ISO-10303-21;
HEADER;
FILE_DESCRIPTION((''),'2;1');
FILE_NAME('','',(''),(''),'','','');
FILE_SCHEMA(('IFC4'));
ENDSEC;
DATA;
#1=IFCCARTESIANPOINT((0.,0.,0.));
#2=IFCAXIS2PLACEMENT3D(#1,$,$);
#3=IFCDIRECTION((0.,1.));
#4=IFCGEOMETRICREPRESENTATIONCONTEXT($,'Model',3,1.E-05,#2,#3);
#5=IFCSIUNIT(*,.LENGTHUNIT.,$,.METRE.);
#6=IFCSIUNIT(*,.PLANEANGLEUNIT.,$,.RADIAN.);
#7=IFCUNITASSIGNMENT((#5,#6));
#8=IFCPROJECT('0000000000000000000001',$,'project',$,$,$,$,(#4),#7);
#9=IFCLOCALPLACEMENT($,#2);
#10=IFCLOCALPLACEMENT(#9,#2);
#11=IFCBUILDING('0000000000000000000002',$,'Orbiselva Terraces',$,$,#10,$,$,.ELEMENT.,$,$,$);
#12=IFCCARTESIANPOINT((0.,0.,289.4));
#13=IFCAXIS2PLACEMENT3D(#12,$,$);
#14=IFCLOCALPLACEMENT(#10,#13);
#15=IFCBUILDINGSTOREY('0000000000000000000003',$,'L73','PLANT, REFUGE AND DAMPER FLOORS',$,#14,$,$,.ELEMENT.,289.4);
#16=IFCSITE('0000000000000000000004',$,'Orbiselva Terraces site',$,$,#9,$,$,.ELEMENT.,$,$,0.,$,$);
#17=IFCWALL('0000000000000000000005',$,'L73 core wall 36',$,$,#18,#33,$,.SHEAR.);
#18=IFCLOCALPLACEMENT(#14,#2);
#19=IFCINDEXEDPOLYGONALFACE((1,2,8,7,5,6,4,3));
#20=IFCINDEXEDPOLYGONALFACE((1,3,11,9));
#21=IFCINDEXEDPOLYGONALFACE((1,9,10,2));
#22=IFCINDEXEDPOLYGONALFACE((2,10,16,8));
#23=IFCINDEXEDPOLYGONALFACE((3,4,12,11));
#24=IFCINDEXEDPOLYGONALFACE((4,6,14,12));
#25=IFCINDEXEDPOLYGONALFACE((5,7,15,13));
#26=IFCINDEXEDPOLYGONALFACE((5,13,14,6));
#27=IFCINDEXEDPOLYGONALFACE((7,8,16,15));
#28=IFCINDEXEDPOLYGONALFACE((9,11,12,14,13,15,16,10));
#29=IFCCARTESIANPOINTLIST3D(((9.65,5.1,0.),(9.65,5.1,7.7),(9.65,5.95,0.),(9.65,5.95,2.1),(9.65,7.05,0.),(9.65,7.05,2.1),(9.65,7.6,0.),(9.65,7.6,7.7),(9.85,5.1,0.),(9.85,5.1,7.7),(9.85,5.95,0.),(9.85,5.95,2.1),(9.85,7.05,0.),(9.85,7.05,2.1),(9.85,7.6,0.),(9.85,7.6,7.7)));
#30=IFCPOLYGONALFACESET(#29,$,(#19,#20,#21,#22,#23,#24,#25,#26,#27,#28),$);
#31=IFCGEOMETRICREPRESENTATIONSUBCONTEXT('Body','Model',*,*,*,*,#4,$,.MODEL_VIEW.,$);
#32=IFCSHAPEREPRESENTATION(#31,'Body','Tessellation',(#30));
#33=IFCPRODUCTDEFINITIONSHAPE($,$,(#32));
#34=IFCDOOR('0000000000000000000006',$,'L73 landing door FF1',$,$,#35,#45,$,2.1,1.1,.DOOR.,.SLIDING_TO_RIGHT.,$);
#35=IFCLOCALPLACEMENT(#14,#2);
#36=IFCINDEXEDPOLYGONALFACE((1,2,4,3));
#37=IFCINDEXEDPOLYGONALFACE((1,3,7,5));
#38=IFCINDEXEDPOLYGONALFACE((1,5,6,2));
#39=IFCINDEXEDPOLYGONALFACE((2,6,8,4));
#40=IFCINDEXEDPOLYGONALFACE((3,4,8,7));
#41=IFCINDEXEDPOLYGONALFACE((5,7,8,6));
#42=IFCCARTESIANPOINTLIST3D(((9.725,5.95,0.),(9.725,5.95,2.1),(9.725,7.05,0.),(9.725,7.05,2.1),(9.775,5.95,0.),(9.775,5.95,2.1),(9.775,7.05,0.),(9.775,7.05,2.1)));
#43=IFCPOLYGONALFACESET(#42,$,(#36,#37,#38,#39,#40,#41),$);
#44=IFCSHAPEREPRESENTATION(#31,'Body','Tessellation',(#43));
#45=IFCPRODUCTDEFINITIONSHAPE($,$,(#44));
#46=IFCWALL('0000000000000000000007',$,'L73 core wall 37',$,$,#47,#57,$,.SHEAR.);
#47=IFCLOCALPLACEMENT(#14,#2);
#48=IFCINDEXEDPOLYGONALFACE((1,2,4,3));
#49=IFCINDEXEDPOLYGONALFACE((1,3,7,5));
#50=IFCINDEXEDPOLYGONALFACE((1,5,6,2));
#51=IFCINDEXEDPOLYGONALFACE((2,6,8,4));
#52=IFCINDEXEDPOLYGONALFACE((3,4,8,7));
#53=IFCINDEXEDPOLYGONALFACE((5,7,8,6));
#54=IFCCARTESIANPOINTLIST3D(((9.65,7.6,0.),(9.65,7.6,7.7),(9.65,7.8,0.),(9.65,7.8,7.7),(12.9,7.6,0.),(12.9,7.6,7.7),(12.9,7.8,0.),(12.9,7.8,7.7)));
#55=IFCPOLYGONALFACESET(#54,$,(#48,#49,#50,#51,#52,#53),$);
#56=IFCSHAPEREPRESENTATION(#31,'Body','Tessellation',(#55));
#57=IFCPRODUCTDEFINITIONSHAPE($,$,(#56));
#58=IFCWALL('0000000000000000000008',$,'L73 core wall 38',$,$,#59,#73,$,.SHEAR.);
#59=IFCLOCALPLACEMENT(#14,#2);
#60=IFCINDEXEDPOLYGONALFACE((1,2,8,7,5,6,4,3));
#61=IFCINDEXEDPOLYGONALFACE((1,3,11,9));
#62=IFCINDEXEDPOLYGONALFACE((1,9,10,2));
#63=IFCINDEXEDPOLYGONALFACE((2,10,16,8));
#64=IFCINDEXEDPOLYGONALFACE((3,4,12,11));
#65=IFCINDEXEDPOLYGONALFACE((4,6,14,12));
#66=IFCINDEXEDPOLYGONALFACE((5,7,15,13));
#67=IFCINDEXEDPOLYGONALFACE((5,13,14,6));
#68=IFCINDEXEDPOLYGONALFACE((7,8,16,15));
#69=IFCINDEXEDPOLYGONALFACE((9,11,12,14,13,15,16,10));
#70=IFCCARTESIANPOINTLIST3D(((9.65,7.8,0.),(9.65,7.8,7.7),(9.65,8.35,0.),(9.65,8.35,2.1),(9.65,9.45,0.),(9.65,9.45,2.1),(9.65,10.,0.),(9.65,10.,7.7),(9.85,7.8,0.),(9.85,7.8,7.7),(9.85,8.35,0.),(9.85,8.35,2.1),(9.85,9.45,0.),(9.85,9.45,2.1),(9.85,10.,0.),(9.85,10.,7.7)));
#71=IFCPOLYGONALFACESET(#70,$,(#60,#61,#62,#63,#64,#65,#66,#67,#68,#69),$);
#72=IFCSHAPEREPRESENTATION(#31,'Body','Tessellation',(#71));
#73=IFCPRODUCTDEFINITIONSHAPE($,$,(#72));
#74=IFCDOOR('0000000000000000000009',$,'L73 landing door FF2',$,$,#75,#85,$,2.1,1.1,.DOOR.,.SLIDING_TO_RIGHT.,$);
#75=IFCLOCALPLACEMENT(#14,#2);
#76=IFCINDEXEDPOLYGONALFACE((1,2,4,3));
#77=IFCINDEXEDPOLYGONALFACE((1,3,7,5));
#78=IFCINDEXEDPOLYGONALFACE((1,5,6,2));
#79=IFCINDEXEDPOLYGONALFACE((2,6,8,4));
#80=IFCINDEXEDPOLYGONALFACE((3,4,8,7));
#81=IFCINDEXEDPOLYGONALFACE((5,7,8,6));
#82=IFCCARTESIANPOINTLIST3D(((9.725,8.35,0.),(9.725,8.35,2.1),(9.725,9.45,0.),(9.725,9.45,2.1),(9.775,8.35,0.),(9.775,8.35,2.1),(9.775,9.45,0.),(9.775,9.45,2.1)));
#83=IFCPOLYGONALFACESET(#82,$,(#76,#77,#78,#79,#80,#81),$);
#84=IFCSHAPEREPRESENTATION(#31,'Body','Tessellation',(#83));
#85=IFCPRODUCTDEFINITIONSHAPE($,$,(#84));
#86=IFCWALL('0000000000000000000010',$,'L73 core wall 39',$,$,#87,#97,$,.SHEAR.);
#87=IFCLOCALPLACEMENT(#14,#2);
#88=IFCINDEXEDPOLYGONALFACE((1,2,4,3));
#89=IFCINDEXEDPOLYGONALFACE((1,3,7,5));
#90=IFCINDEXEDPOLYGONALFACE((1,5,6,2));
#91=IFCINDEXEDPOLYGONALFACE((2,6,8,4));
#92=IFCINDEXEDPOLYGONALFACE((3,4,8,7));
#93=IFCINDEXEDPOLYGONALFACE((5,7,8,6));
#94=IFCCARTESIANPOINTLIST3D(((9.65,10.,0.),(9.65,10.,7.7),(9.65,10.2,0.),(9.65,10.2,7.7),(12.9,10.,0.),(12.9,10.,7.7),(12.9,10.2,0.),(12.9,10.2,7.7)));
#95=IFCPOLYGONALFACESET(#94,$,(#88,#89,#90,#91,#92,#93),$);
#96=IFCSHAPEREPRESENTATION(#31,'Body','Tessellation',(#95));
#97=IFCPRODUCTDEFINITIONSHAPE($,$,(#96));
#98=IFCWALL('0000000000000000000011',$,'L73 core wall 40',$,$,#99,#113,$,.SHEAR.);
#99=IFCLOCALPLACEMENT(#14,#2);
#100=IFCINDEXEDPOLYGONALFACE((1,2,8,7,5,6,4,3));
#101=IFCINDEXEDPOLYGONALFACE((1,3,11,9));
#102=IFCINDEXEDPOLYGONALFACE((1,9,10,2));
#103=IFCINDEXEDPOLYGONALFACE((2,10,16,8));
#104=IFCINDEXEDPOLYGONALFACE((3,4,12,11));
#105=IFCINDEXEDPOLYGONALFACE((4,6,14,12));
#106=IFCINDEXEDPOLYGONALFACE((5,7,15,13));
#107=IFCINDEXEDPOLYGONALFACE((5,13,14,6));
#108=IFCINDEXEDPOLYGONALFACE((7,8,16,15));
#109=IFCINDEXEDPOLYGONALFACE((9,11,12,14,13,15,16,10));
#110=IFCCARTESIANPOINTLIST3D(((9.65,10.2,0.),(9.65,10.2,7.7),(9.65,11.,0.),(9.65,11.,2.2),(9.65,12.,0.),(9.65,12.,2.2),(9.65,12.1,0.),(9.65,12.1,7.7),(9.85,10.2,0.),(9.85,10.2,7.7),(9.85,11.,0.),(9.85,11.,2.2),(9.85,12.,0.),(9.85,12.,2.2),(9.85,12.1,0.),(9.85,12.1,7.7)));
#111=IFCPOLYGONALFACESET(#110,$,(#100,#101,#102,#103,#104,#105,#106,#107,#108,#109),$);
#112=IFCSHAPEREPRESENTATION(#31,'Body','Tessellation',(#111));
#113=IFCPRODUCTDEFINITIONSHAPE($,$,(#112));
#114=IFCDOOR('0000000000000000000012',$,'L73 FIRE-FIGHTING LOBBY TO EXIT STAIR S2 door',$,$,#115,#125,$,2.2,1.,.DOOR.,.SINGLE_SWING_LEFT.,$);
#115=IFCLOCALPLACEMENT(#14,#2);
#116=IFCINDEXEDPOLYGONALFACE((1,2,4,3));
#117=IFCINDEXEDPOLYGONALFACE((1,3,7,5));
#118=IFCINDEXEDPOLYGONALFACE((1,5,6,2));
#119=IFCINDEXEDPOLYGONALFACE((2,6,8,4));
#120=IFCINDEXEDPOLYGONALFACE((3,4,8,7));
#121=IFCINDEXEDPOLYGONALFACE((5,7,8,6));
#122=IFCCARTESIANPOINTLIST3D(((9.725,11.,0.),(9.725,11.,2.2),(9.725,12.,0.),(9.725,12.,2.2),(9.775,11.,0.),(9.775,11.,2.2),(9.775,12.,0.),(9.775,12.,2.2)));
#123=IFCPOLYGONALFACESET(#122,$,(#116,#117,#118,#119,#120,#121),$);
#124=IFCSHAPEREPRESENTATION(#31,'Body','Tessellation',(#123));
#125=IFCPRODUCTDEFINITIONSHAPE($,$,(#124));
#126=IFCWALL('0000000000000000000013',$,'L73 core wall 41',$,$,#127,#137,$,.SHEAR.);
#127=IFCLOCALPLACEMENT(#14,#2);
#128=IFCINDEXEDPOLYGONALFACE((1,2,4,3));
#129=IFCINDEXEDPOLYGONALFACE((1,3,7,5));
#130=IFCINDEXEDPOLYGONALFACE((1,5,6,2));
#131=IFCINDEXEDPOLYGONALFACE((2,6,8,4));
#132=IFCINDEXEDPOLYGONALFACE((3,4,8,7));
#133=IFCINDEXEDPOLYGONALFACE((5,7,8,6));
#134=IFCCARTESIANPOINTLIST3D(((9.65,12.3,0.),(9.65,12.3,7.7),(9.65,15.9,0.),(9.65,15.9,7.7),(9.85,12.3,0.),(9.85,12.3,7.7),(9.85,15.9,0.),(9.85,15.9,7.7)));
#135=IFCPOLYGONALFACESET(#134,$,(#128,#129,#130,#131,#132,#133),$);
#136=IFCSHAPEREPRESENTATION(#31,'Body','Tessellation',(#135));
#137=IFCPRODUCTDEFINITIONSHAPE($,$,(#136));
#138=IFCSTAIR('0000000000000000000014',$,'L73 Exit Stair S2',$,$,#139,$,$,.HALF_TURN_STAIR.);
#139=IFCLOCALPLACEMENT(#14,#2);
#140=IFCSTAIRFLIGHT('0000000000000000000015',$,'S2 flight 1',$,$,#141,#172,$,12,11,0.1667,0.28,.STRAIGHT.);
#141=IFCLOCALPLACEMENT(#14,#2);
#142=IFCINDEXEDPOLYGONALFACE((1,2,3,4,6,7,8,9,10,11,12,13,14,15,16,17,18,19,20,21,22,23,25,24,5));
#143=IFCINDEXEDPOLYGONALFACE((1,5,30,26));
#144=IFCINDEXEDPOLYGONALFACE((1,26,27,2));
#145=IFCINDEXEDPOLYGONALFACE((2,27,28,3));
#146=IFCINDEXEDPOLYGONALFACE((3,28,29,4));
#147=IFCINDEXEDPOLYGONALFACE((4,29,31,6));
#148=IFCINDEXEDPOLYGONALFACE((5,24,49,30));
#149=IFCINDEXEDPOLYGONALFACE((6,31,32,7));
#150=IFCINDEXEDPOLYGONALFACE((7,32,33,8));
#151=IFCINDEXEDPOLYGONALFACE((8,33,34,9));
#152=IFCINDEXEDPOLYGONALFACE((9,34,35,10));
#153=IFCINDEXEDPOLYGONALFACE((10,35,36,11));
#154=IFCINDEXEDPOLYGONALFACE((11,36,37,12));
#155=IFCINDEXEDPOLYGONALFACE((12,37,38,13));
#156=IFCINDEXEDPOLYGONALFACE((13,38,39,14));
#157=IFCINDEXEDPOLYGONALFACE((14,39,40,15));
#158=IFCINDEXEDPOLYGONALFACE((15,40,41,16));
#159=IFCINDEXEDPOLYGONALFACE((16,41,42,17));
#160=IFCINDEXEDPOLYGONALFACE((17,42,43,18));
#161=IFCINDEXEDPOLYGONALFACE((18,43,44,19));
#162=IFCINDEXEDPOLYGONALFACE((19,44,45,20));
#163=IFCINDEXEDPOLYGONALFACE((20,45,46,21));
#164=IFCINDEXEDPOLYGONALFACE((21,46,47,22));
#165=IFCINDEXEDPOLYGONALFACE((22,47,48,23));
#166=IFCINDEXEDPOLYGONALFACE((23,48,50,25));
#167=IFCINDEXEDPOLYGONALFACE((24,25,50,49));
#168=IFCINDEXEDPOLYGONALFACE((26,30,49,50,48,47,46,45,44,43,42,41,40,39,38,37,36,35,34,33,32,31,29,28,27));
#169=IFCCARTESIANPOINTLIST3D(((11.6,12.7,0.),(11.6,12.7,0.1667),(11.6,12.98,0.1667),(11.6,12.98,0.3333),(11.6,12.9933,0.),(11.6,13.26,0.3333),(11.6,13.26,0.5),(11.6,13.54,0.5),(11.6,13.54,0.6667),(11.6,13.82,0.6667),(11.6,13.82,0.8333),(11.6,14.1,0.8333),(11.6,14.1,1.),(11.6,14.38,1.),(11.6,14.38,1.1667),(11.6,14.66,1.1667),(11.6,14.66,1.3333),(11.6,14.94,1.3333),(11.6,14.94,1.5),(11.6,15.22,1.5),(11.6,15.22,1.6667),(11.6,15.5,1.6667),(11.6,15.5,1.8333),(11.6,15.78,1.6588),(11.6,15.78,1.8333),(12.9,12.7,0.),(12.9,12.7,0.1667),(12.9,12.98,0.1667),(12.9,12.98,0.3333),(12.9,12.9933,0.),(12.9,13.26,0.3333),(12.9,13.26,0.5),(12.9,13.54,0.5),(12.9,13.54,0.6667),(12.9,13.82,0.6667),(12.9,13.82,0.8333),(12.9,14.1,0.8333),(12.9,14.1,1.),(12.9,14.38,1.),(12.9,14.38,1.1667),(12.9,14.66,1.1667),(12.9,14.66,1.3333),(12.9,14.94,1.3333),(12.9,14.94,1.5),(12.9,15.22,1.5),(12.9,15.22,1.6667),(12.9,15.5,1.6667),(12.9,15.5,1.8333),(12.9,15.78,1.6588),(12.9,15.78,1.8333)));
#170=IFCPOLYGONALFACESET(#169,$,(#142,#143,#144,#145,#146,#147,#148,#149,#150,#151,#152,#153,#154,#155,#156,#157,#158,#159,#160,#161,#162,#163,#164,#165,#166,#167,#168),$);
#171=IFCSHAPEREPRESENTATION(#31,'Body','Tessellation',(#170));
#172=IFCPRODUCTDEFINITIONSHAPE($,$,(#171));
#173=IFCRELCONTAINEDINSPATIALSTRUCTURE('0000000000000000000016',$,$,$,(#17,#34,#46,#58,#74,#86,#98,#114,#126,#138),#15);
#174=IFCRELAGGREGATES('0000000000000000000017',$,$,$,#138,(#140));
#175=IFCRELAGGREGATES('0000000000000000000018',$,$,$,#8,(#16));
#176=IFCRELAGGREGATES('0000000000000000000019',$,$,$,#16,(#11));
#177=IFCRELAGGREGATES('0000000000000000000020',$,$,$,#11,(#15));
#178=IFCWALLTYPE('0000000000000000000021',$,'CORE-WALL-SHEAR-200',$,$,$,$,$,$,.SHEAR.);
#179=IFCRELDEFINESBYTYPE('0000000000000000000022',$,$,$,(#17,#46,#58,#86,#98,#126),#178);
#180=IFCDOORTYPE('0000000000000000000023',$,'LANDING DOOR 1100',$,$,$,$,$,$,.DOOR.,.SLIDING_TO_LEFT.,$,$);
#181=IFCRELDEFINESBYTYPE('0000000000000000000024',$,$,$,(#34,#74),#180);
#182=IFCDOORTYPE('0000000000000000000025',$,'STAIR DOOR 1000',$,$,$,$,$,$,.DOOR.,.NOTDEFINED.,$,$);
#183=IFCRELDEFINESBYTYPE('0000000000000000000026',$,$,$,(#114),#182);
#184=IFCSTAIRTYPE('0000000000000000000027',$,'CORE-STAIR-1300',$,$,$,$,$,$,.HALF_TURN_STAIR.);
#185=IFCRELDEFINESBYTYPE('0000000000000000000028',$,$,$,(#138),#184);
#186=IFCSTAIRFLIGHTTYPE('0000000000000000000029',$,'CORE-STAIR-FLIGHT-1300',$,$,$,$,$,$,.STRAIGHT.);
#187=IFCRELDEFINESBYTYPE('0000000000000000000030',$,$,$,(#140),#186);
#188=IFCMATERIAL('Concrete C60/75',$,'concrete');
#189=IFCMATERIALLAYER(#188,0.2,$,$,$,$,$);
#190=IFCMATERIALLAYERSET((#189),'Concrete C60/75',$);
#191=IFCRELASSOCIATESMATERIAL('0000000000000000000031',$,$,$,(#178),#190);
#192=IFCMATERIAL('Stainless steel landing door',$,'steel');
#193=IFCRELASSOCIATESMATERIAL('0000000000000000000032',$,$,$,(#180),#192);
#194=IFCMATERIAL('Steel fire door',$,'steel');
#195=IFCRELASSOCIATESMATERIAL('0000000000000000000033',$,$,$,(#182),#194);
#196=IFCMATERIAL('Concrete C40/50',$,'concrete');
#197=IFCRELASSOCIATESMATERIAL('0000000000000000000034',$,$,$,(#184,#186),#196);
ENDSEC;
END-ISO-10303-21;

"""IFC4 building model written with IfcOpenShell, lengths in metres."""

from ifc_helpers import new_model, si_unit, direction, frame, frame_2d, origin, place, context, subcontext, project, spatial, polyline, rectangle, outline, extrude, material, layer, layer_set, type_object, element, fill, aggregate, save


model = new_model("IFC4")

# Units and contexts
model_context = context("Model", 3, precision=1e-05, world=origin(), true_north=direction((0.0, 1.0)))
body_context = subcontext(model_context, "Body", "Model", "MODEL_VIEW")
ifc_project = project(units=[si_unit("LENGTHUNIT", "METRE"), si_unit("PLANEANGLEUNIT", "RADIAN")], contexts=[model_context])

# Site, building, storey
site_placement = place(None, origin())
site = spatial("IfcSite", under=ifc_project, at=site_placement, Name="Orbiselva Terraces site", CompositionType="ELEMENT", RefElevation=0.0)
building_placement = place(site_placement, origin())
building = spatial("IfcBuilding", under=site, at=building_placement, Name="Orbiselva Terraces", CompositionType="ELEMENT")
storey_placement = place(building_placement, frame((0.0, 0.0, 289.4)))
storey = spatial("IfcBuildingStorey", under=building, at=storey_placement, Name="L73", Description="PLANT, REFUGE AND DAMPER FLOORS", CompositionType="ELEMENT", Elevation=289.4)

# Shared definitions
ifc_material_1 = material(Name="Steel fire door", Category="steel")

# Shared definitions
ifc_material_2 = material(Name="Concrete C60/75", Category="concrete")
ifc_layer_1 = layer(ifc_material_2, 0.2)
ifc_layer_set_1 = layer_set([ifc_layer_1], Name="Concrete C60/75")
wall_type_1 = type_object("IfcWallType", Name="CORE-WALL-SHEAR-200", PredefinedType="SHEAR", material=ifc_layer_set_1)

# Wall, opening, door
wall_1_placement = place(storey_placement, frame((9.75, 5.1, 0.0), z_axis=(0.0, 0.0, 1.0), x_axis=(0.0, 1.0, 0.0)))
wall_1 = element("IfcWall", 1, at=wall_1_placement, inside=storey, type_object=wall_type_1, Name="L73 core wall 36", PredefinedType="SHEAR", context=body_context, shape_type="SweptSolid", body=[
    extrude(rectangle(XDim=2.5, YDim=0.2, at=frame_2d((1.25, 0.0))), origin(), (0.0, 0.0, 1.0), 7.7),
])
opening_1_placement = place(wall_1_placement, frame((0.85, 0.0, 0.0)))
opening_1 = element("IfcOpeningElement", 2, at=opening_1_placement, cuts=wall_1, PredefinedType="OPENING", context=body_context, shape_type="SweptSolid", body=[
    extrude(rectangle(XDim=1.1, YDim=2.1, at=frame_2d((0.55, 1.05))), frame((0.0, 0.11, 0.0), z_axis=(0.0, -1.0, 0.0), x_axis=(1.0, 0.0, 0.0)), (0.0, 0.0, 1.0), 0.22),
])
ifc_material_3 = material(Name="Stainless steel landing door", Category="steel")
door_type_1 = type_object("IfcDoorType", Name="LANDING DOOR 1100", OperationType="SLIDING_TO_LEFT", PredefinedType="DOOR", material=ifc_material_3)
door_1_placement = place(opening_1_placement, origin())
door_1 = element("IfcDoor", 3, at=door_1_placement, inside=storey, type_object=door_type_1, Name="L73 landing door FF1", OperationType="SLIDING_TO_RIGHT", OverallHeight=2.1, OverallWidth=1.1, PredefinedType="DOOR", context=body_context, shape_type="SweptSolid", body=[
    extrude(rectangle(XDim=1.1, YDim=2.1, at=frame_2d((0.55, 1.05))), frame((0.0, 0.025, 0.0), z_axis=(0.0, -1.0, 0.0), x_axis=(1.0, 0.0, 0.0)), (0.0, 0.0, 1.0), 0.05),
])
fill(opening_1, door_1)

# Wall
wall_2_placement = place(storey_placement, frame((9.65, 7.7, 0.0), z_axis=(0.0, 0.0, 1.0), x_axis=(1.0, 0.0, 0.0)))
element("IfcWall", 4, at=wall_2_placement, inside=storey, type_object=wall_type_1, Name="L73 core wall 37", PredefinedType="SHEAR", context=body_context, shape_type="SweptSolid", body=[
    extrude(rectangle(XDim=3.25, YDim=0.2, at=frame_2d((1.625, 0.0))), origin(), (0.0, 0.0, 1.0), 7.7),
])

# Wall, opening, door
wall_3_placement = place(storey_placement, frame((9.75, 7.8, 0.0), z_axis=(0.0, 0.0, 1.0), x_axis=(0.0, 1.0, 0.0)))
wall_3 = element("IfcWall", 5, at=wall_3_placement, inside=storey, type_object=wall_type_1, Name="L73 core wall 38", PredefinedType="SHEAR", context=body_context, shape_type="SweptSolid", body=[
    extrude(rectangle(XDim=2.2, YDim=0.2, at=frame_2d((1.1, 0.0))), origin(), (0.0, 0.0, 1.0), 7.7),
])
opening_2_placement = place(wall_3_placement, frame((0.55, 0.0, 0.0)))
opening_2 = element("IfcOpeningElement", 6, at=opening_2_placement, cuts=wall_3, PredefinedType="OPENING", context=body_context, shape_type="SweptSolid", body=[
    extrude(rectangle(XDim=1.1, YDim=2.1, at=frame_2d((0.55, 1.05))), frame((0.0, 0.11, 0.0), z_axis=(0.0, -1.0, 0.0), x_axis=(1.0, 0.0, 0.0)), (0.0, 0.0, 1.0), 0.22),
])
door_2_placement = place(opening_2_placement, origin())
door_2 = element("IfcDoor", 7, at=door_2_placement, inside=storey, type_object=door_type_1, Name="L73 landing door FF2", OperationType="SLIDING_TO_RIGHT", OverallHeight=2.1, OverallWidth=1.1, PredefinedType="DOOR", context=body_context, shape_type="SweptSolid", body=[
    extrude(rectangle(XDim=1.1, YDim=2.1, at=frame_2d((0.55, 1.05))), frame((0.0, 0.025, 0.0), z_axis=(0.0, -1.0, 0.0), x_axis=(1.0, 0.0, 0.0)), (0.0, 0.0, 1.0), 0.05),
])
fill(opening_2, door_2)

# Wall
wall_4_placement = place(storey_placement, frame((9.65, 10.1, 0.0), z_axis=(0.0, 0.0, 1.0), x_axis=(1.0, 0.0, 0.0)))
element("IfcWall", 8, at=wall_4_placement, inside=storey, type_object=wall_type_1, Name="L73 core wall 39", PredefinedType="SHEAR", context=body_context, shape_type="SweptSolid", body=[
    extrude(rectangle(XDim=3.25, YDim=0.2, at=frame_2d((1.625, 0.0))), origin(), (0.0, 0.0, 1.0), 7.7),
])

# Wall, opening, door
wall_5_placement = place(storey_placement, frame((9.75, 12.1, 0.0), z_axis=(0.0, 0.0, 1.0), x_axis=(0.0, -1.0, 0.0)))
wall_5 = element("IfcWall", 9, at=wall_5_placement, inside=storey, type_object=wall_type_1, Name="L73 core wall 40", PredefinedType="SHEAR", context=body_context, shape_type="SweptSolid", body=[
    extrude(rectangle(XDim=1.9, YDim=0.2, at=frame_2d((0.95, 0.0))), origin(), (0.0, 0.0, 1.0), 7.7),
])
opening_3_placement = place(wall_5_placement, frame((0.1, 0.0, 0.0)))
opening_3 = element("IfcOpeningElement", 10, at=opening_3_placement, cuts=wall_5, PredefinedType="OPENING", context=body_context, shape_type="SweptSolid", body=[
    extrude(rectangle(XDim=1.0, YDim=2.2, at=frame_2d((0.5, 1.1))), frame((0.0, 0.11, 0.0), z_axis=(0.0, -1.0, 0.0), x_axis=(1.0, 0.0, 0.0)), (0.0, 0.0, 1.0), 0.22),
])
door_type_2 = type_object("IfcDoorType", Name="STAIR DOOR 1000", OperationType="NOTDEFINED", PredefinedType="DOOR", material=ifc_material_1)
door_3_placement = place(opening_3_placement, origin())
door_3 = element("IfcDoor", 11, at=door_3_placement, inside=storey, type_object=door_type_2, Name="L73 FIRE-FIGHTING LOBBY TO EXIT STAIR S2 door", OperationType="SINGLE_SWING_LEFT", OverallHeight=2.2, OverallWidth=1.0, PredefinedType="DOOR", context=body_context, shape_type="SweptSolid", body=[
    extrude(rectangle(XDim=1.0, YDim=2.2, at=frame_2d((0.5, 1.1))), frame((0.0, 0.025, 0.0), z_axis=(0.0, -1.0, 0.0), x_axis=(1.0, 0.0, 0.0)), (0.0, 0.0, 1.0), 0.05),
])
fill(opening_3, door_3)

# Wall
wall_6_placement = place(storey_placement, frame((9.75, 12.3, 0.0), z_axis=(0.0, 0.0, 1.0), x_axis=(0.0, 1.0, 0.0)))
element("IfcWall", 12, at=wall_6_placement, inside=storey, type_object=wall_type_1, Name="L73 core wall 41", PredefinedType="SHEAR", context=body_context, shape_type="SweptSolid", body=[
    extrude(rectangle(XDim=3.6, YDim=0.2, at=frame_2d((1.8, 0.0))), origin(), (0.0, 0.0, 1.0), 7.7),
])

# Stair, stair flight
ifc_material_4 = material(Name="Concrete C40/50", Category="concrete")
stair_type = type_object("IfcStairType", Name="CORE-STAIR-1300", PredefinedType="HALF_TURN_STAIR", material=ifc_material_4)
stair_placement = place(storey_placement, origin())
stair = element("IfcStair", 13, at=stair_placement, inside=storey, type_object=stair_type, Name="L73 Exit Stair S2", PredefinedType="HALF_TURN_STAIR")
stair_flight_type = type_object("IfcStairFlightType", Name="CORE-STAIR-FLIGHT-1300", PredefinedType="STRAIGHT", material=ifc_material_4)
stair_flight_1_placement = place(storey_placement, frame((12.25, 12.7, 0.0), z_axis=(0.0, 0.0, 1.0), x_axis=(0.0, 1.0, 0.0)))
stair_flight_1 = element("IfcStairFlight", 14, at=stair_flight_1_placement, type_object=stair_flight_type, Name="S2 flight 1", NumberOfRisers=12, NumberOfTreads=11, PredefinedType="STRAIGHT", RiserHeight=0.1667, TreadLength=0.28, context=body_context, shape_type="SweptSolid", body=[
    extrude(outline(polyline([(0.0, 0.0), (0.0, 0.1667), (0.28, 0.1667), (0.28, 0.3333), (0.56, 0.3333), (0.56, 0.5), (0.84, 0.5), (0.84, 0.6667), (1.12, 0.6667), (1.12, 0.8333), (1.4, 0.8333), (1.4, 1.0), (1.68, 1.0), (1.68, 1.1667), (1.96, 1.1667), (1.96, 1.3333), (2.24, 1.3333), (2.24, 1.5), (2.52, 1.5), (2.52, 1.6667), (2.8, 1.6667), (2.8, 1.8333), (3.08, 1.8333), (3.08, 2.0), (3.08, 1.6588), (0.2933, 0.0), (0.0, 0.0)])), frame((0.0, 0.65, 0.0), z_axis=(0.0, -1.0, 0.0), x_axis=(1.0, 0.0, 0.0)), (0.0, 0.0, 1.0), 1.3),
])
aggregate(stair, [stair_flight_1])

save(model, "model.ifc")
